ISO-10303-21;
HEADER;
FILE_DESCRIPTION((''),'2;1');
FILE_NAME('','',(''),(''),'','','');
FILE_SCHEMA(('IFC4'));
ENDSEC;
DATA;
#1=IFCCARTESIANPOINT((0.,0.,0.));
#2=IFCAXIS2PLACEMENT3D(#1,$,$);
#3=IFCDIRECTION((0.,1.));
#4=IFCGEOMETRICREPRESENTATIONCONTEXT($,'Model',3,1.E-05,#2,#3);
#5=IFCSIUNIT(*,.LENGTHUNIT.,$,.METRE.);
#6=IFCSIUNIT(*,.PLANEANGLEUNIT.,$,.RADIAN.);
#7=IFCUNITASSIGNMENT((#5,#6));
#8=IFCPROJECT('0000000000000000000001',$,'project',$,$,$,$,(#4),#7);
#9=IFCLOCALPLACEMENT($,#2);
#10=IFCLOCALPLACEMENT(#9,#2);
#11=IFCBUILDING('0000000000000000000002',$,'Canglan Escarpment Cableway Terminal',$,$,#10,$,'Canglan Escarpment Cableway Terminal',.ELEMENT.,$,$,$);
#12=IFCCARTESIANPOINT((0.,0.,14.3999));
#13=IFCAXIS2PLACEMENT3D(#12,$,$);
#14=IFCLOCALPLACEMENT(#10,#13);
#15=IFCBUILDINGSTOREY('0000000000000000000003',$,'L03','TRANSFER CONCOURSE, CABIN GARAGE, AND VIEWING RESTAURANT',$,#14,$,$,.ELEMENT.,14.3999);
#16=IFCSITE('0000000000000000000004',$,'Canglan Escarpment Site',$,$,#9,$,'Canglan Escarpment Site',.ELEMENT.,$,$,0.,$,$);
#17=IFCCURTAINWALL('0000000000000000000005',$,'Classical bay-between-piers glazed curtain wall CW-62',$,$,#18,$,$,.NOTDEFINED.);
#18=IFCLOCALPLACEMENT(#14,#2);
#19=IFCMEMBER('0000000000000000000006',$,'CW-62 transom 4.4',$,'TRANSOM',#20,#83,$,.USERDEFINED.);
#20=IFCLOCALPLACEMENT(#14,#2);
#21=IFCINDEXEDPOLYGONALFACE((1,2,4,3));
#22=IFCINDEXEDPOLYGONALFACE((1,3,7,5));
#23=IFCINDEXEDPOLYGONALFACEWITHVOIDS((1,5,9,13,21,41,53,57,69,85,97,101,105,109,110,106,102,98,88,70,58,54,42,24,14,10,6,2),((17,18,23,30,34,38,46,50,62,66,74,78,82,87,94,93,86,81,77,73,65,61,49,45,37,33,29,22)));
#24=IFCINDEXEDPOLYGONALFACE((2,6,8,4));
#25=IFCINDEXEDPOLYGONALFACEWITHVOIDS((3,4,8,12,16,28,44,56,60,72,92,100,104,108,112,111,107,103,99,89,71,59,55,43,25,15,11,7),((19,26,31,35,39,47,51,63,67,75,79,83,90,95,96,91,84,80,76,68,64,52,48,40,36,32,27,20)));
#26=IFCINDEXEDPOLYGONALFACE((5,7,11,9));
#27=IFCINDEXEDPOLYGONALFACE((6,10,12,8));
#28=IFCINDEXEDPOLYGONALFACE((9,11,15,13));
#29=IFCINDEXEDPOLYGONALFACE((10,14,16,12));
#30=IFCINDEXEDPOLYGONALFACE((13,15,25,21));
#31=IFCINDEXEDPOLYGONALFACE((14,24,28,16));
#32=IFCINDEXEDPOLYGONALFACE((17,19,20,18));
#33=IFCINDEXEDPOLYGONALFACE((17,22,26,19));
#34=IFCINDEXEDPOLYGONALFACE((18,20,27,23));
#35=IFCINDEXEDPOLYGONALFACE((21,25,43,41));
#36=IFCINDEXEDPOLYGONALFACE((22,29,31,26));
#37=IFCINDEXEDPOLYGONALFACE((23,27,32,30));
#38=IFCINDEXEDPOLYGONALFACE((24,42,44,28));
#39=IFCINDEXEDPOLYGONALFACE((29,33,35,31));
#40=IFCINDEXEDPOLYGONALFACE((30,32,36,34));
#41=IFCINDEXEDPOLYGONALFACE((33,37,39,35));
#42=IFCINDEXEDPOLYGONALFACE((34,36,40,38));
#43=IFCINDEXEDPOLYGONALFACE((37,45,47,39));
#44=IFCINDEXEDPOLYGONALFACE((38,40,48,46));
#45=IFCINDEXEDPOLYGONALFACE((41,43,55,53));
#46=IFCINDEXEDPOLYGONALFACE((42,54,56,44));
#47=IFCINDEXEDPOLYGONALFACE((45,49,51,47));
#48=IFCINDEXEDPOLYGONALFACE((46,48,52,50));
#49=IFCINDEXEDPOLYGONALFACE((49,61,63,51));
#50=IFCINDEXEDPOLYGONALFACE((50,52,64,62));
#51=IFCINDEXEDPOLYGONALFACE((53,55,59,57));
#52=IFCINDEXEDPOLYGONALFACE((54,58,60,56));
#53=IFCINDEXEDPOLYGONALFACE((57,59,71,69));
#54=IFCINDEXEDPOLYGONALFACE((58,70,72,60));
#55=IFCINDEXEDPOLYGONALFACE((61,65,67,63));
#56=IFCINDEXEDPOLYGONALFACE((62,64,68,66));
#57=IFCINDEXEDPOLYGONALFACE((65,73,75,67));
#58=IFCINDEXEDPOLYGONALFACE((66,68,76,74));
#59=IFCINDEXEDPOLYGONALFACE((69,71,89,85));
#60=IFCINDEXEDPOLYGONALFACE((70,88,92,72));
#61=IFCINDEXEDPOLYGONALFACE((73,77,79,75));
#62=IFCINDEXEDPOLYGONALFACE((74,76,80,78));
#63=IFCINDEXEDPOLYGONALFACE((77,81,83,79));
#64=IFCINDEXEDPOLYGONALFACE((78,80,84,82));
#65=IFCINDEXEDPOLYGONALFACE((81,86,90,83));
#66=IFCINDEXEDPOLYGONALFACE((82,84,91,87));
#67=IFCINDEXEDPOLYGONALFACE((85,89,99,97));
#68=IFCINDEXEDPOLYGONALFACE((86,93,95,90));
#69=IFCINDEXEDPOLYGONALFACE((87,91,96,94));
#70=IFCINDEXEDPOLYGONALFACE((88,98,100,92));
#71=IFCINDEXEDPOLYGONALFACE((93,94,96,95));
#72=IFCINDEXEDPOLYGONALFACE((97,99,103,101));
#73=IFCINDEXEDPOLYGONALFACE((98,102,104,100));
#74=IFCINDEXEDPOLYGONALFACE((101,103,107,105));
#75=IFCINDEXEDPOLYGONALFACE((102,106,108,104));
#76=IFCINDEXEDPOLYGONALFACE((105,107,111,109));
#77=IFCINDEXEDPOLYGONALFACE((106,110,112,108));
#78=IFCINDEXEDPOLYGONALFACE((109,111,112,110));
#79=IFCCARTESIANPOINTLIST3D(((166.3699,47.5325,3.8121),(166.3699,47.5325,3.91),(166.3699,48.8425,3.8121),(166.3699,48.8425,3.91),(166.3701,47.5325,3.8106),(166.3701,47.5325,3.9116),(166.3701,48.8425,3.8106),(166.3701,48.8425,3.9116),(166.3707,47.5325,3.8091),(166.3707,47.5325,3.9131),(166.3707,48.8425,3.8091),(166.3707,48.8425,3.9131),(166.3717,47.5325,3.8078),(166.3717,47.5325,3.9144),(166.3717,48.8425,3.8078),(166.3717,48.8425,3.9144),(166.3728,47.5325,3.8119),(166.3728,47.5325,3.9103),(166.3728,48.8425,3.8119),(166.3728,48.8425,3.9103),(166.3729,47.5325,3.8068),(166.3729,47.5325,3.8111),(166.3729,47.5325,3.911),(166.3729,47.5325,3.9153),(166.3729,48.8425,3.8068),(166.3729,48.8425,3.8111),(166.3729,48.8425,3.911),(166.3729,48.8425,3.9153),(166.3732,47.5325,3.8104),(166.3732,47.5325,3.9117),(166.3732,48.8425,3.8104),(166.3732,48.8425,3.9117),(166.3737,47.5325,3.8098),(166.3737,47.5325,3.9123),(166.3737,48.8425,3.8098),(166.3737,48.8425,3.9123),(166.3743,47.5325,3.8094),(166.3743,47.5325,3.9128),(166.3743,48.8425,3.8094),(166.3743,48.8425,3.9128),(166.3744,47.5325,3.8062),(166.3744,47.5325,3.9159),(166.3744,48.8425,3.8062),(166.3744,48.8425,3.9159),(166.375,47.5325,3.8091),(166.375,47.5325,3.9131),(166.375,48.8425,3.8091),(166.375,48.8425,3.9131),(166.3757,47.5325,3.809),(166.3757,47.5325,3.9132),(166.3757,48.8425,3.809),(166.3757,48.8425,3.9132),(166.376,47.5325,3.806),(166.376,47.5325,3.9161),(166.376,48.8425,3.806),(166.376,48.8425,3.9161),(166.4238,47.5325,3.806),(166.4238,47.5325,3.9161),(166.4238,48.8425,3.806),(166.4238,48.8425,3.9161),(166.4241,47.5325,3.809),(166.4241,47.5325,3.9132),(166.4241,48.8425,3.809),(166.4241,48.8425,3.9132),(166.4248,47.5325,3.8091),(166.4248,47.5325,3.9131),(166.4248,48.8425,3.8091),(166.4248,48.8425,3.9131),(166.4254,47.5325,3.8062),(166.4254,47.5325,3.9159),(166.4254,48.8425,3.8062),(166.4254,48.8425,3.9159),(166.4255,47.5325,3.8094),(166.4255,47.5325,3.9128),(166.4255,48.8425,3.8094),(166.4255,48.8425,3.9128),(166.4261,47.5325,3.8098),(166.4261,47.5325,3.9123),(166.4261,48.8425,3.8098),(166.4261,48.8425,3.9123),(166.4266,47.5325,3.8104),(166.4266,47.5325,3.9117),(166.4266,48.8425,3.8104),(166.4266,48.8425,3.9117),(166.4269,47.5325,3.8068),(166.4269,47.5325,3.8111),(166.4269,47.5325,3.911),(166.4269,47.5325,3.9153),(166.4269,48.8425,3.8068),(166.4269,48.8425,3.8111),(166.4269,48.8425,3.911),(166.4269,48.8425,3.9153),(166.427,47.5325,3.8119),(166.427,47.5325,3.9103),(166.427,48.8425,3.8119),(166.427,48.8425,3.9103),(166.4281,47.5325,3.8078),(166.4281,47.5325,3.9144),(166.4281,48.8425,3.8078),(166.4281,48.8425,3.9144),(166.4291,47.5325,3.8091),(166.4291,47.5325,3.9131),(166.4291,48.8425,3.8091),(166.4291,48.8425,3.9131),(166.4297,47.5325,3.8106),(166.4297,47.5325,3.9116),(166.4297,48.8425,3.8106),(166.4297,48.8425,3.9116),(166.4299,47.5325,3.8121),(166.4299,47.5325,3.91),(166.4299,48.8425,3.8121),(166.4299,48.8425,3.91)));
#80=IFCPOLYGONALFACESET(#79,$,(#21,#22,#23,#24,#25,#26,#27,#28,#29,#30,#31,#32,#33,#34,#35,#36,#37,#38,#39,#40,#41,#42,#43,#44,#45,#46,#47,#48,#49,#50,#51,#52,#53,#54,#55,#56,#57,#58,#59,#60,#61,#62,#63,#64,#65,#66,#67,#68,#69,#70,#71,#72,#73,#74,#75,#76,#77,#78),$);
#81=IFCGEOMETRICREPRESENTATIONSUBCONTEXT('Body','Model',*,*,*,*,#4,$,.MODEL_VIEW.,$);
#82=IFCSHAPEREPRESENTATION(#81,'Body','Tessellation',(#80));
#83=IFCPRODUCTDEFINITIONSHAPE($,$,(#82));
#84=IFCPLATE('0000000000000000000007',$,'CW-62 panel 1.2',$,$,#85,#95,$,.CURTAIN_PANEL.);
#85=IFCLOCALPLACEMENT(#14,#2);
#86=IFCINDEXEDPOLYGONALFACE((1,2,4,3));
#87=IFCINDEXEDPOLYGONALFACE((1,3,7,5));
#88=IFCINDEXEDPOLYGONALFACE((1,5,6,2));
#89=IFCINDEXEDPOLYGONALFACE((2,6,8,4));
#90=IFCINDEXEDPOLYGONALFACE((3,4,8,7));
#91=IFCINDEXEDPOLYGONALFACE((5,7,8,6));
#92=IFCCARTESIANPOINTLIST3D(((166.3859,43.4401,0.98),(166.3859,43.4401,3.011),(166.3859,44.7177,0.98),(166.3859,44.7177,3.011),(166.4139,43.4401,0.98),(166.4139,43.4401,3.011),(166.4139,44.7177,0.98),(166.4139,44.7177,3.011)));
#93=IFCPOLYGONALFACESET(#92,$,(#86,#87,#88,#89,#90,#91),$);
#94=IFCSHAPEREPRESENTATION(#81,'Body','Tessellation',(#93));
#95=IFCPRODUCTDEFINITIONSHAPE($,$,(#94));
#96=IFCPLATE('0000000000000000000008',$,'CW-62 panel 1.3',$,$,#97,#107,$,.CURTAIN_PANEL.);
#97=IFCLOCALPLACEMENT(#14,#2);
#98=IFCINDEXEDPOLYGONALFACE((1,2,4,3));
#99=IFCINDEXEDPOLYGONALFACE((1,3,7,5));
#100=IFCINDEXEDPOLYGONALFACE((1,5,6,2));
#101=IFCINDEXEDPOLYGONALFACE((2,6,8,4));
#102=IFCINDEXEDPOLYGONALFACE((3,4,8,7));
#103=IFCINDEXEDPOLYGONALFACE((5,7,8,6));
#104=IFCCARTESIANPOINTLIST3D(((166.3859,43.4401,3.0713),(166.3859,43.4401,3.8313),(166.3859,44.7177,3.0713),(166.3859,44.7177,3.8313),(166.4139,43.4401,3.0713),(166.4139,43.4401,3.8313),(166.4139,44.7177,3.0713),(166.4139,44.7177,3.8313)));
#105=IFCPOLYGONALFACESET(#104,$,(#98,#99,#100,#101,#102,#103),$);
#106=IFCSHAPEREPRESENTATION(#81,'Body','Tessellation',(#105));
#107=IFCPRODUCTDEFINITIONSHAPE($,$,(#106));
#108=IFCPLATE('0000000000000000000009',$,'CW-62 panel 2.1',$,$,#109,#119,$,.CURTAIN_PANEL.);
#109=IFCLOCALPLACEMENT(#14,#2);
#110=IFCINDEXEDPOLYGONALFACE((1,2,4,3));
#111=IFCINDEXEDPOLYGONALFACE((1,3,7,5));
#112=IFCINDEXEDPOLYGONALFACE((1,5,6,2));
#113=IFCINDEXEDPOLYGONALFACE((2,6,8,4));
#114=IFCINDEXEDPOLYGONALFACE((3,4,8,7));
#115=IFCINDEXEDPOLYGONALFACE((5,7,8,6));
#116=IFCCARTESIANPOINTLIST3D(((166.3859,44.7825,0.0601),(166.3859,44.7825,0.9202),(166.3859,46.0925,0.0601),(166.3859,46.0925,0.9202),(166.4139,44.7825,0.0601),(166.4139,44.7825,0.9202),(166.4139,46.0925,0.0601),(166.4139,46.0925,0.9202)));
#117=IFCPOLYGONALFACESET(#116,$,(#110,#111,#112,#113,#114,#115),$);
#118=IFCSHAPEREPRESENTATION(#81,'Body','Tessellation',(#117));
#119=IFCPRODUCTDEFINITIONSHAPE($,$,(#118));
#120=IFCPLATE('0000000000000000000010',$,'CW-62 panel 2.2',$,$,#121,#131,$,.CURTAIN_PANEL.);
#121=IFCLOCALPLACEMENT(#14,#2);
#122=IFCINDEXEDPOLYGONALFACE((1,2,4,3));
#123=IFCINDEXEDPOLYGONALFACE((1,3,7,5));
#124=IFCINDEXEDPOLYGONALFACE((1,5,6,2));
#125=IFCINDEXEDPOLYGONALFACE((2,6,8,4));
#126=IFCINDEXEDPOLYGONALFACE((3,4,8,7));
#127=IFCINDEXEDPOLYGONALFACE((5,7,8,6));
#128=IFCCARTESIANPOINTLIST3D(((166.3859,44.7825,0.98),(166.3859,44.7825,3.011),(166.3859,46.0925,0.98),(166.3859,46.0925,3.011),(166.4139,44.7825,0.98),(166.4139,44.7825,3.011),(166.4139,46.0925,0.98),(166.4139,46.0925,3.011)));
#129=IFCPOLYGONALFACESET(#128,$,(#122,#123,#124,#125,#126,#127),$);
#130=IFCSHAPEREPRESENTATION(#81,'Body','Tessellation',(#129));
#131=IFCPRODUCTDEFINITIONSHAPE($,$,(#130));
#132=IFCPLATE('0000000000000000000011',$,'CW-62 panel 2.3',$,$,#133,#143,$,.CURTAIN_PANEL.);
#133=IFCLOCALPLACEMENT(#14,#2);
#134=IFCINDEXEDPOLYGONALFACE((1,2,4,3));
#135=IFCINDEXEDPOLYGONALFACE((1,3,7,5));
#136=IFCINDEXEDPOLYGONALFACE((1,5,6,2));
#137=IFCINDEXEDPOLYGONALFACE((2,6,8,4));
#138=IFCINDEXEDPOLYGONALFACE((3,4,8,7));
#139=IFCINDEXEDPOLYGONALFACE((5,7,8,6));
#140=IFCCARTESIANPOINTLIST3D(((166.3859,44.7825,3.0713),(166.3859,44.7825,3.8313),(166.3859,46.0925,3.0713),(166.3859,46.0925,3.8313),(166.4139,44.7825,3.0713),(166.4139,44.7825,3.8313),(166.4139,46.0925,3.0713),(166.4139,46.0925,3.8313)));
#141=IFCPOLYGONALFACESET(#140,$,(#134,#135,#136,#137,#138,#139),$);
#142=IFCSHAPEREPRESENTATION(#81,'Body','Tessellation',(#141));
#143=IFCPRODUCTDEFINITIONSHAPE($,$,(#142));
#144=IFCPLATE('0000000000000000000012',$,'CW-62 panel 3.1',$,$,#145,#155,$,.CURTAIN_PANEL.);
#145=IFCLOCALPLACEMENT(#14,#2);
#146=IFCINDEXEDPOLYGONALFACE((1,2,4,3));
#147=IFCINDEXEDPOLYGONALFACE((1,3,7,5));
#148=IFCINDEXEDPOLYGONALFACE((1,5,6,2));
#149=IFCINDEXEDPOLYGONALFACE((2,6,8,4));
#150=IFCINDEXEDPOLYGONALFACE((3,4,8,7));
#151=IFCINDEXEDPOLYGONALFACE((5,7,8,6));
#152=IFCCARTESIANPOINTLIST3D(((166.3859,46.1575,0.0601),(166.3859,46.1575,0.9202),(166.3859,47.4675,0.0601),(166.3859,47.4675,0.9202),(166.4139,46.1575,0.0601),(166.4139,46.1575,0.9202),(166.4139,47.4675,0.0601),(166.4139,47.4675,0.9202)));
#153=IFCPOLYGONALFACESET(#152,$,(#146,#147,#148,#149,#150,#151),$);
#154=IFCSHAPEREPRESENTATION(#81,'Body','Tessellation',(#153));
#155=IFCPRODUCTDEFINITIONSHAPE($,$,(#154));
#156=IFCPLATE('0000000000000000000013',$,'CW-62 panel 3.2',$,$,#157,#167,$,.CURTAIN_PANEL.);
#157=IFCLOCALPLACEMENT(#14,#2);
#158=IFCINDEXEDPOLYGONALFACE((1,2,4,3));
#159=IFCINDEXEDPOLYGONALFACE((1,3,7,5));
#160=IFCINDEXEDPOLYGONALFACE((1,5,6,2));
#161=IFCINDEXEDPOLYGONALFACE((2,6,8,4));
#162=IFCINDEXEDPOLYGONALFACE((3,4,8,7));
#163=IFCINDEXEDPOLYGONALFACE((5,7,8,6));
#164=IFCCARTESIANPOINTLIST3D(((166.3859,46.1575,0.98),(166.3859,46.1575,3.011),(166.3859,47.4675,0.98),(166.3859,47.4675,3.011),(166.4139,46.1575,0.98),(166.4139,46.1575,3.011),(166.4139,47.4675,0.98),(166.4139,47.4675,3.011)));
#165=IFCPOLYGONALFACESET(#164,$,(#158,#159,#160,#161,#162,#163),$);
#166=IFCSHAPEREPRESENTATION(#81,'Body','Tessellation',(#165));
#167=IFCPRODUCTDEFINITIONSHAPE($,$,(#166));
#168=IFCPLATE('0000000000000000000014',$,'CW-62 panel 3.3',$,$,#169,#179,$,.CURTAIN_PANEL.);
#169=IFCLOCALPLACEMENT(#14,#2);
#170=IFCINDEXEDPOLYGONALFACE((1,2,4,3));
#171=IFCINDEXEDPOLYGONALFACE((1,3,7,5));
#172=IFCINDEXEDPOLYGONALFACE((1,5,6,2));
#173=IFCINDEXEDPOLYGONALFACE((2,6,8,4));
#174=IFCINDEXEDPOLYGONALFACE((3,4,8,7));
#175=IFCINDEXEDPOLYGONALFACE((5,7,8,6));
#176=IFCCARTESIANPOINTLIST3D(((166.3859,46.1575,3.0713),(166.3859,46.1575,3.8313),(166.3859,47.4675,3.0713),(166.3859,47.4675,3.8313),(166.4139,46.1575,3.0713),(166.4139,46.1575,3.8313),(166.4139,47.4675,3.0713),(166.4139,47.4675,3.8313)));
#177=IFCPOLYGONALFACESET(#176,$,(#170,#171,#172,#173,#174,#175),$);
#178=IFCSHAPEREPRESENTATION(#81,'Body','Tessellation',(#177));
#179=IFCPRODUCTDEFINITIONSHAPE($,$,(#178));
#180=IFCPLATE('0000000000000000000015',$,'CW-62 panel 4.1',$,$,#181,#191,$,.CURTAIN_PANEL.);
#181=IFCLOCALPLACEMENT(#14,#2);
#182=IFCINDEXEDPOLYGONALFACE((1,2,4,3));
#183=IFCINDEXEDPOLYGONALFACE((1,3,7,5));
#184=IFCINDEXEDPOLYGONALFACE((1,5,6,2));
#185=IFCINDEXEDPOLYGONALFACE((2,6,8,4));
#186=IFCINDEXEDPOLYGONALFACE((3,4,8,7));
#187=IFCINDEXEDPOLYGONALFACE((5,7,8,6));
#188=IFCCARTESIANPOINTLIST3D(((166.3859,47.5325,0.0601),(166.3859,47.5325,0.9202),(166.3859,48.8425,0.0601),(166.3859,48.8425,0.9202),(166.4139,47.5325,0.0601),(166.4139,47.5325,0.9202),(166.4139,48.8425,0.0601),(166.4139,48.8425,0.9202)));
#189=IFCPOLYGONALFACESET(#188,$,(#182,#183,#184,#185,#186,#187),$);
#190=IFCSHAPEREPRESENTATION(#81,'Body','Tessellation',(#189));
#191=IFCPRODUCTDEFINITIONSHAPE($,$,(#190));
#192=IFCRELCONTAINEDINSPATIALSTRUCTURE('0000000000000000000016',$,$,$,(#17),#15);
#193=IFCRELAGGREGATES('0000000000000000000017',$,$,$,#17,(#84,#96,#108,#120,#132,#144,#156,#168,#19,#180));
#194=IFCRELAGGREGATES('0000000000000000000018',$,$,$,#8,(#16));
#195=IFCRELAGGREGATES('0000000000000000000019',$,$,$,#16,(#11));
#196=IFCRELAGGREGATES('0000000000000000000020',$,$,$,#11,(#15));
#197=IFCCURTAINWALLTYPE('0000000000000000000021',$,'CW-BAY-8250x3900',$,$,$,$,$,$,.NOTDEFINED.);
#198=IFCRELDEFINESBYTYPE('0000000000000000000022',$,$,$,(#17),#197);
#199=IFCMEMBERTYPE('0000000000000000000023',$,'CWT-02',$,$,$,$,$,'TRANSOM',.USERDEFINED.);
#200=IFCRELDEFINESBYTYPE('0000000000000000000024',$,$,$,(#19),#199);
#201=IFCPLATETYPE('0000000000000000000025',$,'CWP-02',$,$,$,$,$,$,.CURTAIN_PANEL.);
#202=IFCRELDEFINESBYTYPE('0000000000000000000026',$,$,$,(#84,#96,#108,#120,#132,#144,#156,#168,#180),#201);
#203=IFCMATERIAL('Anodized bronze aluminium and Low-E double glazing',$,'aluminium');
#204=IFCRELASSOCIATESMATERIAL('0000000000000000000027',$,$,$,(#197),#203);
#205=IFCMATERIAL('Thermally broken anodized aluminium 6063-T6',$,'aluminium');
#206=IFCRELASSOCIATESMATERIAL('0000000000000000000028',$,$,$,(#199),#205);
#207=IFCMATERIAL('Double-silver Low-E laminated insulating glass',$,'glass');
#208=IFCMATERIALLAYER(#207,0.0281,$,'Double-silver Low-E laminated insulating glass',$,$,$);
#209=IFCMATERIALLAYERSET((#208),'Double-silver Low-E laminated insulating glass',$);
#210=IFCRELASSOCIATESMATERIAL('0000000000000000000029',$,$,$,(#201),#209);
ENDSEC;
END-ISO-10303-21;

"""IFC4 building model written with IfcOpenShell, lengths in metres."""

from ifc_helpers import new_model, si_unit, direction, frame, origin, origin_2d, place, context, subcontext, project, spatial, rectangle, hollow_rectangle, extrude, material, layer, layer_set, material_profile, profile_set, type_object, element, aggregate, save


model = new_model("IFC4")

# Units and contexts
model_context = context("Model", 3, precision=1e-05, world=origin(), true_north=direction((0.0, 1.0)))
body_context = subcontext(model_context, "Body", "Model", "MODEL_VIEW")
ifc_project = project(units=[si_unit("LENGTHUNIT", "METRE"), si_unit("PLANEANGLEUNIT", "RADIAN")], contexts=[model_context])

# Site, building, storey
site_placement = place(None, origin())
site = spatial("IfcSite", under=ifc_project, at=site_placement, Name="Canglan Escarpment Site", LongName="Canglan Escarpment Site", CompositionType="ELEMENT", RefElevation=0.0)
building_placement = place(site_placement, origin())
building = spatial("IfcBuilding", under=site, at=building_placement, Name="Canglan Escarpment Cableway Terminal", LongName="Canglan Escarpment Cableway Terminal", CompositionType="ELEMENT")
storey_placement = place(building_placement, frame((0.0, 0.0, 14.3999)))
storey = spatial("IfcBuildingStorey", under=building, at=storey_placement, Name="L03", Description="TRANSFER CONCOURSE, CABIN GARAGE, AND VIEWING RESTAURANT", CompositionType="ELEMENT", Elevation=14.3999)

# Curtain wall, member, plates
ifc_material_1 = material(Name="Anodized bronze aluminium and Low-E double glazing", Category="aluminium")
curtain_wall_type = type_object("IfcCurtainWallType", Name="CW-BAY-8250x3900", PredefinedType="NOTDEFINED", material=ifc_material_1)
curtain_wall_placement = place(storey_placement, origin())
curtain_wall = element("IfcCurtainWall", 1, at=curtain_wall_placement, inside=storey, type_object=curtain_wall_type, Name="Classical bay-between-piers glazed curtain wall CW-62", PredefinedType="NOTDEFINED")
ifc_material_2 = material(Name="Thermally broken anodized aluminium 6063-T6", Category="aluminium")
ifc_material_profile_1 = material_profile(ifc_material_2, hollow_rectangle(XDim=0.0601, YDim=0.1101, WallThickness=0.0029, InnerFilletRadius=0.0029, OuterFilletRadius=0.0061, at=origin_2d()), Name="ALU-TRAN 60x110x3")
ifc_profile_set_1 = profile_set([ifc_material_profile_1], Name="Thermally broken anodized aluminium 6063-T6")
member_type_1 = type_object("IfcMemberType", Name="CWT-02", ElementType="TRANSOM", PredefinedType="USERDEFINED", material=ifc_profile_set_1)
member_1_placement = place(storey_placement, frame((166.3999, 47.5325, 3.8611), z_axis=(0.0, 1.0, 0.0), x_axis=(-1.0, 0.0, 0.0)))
member_1 = element("IfcMember", 2, at=member_1_placement, type_object=member_type_1, Name="CW-62 transom 4.4", ObjectType="TRANSOM", PredefinedType="USERDEFINED", context=body_context, shape_type="SweptSolid", body=[
    extrude(hollow_rectangle(XDim=0.0601, YDim=0.1101, WallThickness=0.0029, InnerFilletRadius=0.0029, OuterFilletRadius=0.0061, at=origin_2d()), origin(), (0.0, 0.0, 1.0), 1.3101),
])
ifc_material_3 = material(Name="Double-silver Low-E laminated insulating glass", Category="glass")
ifc_layer_1 = layer(ifc_material_3, 0.0281, Name="Double-silver Low-E laminated insulating glass")
ifc_layer_set_1 = layer_set([ifc_layer_1], Name="Double-silver Low-E laminated insulating glass")
plate_type = type_object("IfcPlateType", Name="CWP-02", PredefinedType="CURTAIN_PANEL", material=ifc_layer_set_1)
plate_1_placement = place(storey_placement, frame((166.3999, 44.0789, 0.98), z_axis=(0.0, 0.0, 1.0), x_axis=(0.0, 1.0, 0.0)))
plate_1 = element("IfcPlate", 3, at=plate_1_placement, type_object=plate_type, Name="CW-62 panel 1.2", PredefinedType="CURTAIN_PANEL", context=body_context, shape_type="SweptSolid", body=[
    extrude(rectangle(XDim=1.2776, YDim=0.0281, at=origin_2d()), origin(), (0.0, 0.0, 1.0), 2.031),
])
plate_2_placement = place(storey_placement, frame((166.3999, 44.0789, 3.0713), z_axis=(0.0, 0.0, 1.0), x_axis=(0.0, 1.0, 0.0)))
plate_2 = element("IfcPlate", 4, at=plate_2_placement, type_object=plate_type, Name="CW-62 panel 1.3", PredefinedType="CURTAIN_PANEL", context=body_context, shape_type="SweptSolid", body=[
    extrude(rectangle(XDim=1.2776, YDim=0.0281, at=origin_2d()), origin(), (0.0, 0.0, 1.0), 0.76),
])
plate_3_placement = place(storey_placement, frame((166.3999, 45.4375, 0.0601), z_axis=(0.0, 0.0, 1.0), x_axis=(0.0, 1.0, 0.0)))
plate_3 = element("IfcPlate", 5, at=plate_3_placement, type_object=plate_type, Name="CW-62 panel 2.1", PredefinedType="CURTAIN_PANEL", context=body_context, shape_type="SweptSolid", body=[
    extrude(rectangle(XDim=1.3101, YDim=0.0281, at=origin_2d()), origin(), (0.0, 0.0, 1.0), 0.8601),
])
plate_4_placement = place(storey_placement, frame((166.3999, 45.4375, 0.98), z_axis=(0.0, 0.0, 1.0), x_axis=(0.0, 1.0, 0.0)))
plate_4 = element("IfcPlate", 6, at=plate_4_placement, type_object=plate_type, Name="CW-62 panel 2.2", PredefinedType="CURTAIN_PANEL", context=body_context, shape_type="SweptSolid", body=[
    extrude(rectangle(XDim=1.3101, YDim=0.0281, at=origin_2d()), origin(), (0.0, 0.0, 1.0), 2.031),
])
plate_5_placement = place(storey_placement, frame((166.3999, 45.4375, 3.0713), z_axis=(0.0, 0.0, 1.0), x_axis=(0.0, 1.0, 0.0)))
plate_5 = element("IfcPlate", 7, at=plate_5_placement, type_object=plate_type, Name="CW-62 panel 2.3", PredefinedType="CURTAIN_PANEL", context=body_context, shape_type="SweptSolid", body=[
    extrude(rectangle(XDim=1.3101, YDim=0.0281, at=origin_2d()), origin(), (0.0, 0.0, 1.0), 0.76),
])
plate_6_placement = place(storey_placement, frame((166.3999, 46.8125, 0.0601), z_axis=(0.0, 0.0, 1.0), x_axis=(0.0, 1.0, 0.0)))
plate_6 = element("IfcPlate", 8, at=plate_6_placement, type_object=plate_type, Name="CW-62 panel 3.1", PredefinedType="CURTAIN_PANEL", context=body_context, shape_type="SweptSolid", body=[
    extrude(rectangle(XDim=1.3101, YDim=0.0281, at=origin_2d()), origin(), (0.0, 0.0, 1.0), 0.8601),
])
plate_7_placement = place(storey_placement, frame((166.3999, 46.8125, 0.98), z_axis=(0.0, 0.0, 1.0), x_axis=(0.0, 1.0, 0.0)))
plate_7 = element("IfcPlate", 9, at=plate_7_placement, type_object=plate_type, Name="CW-62 panel 3.2", PredefinedType="CURTAIN_PANEL", context=body_context, shape_type="SweptSolid", body=[
    extrude(rectangle(XDim=1.3101, YDim=0.0281, at=origin_2d()), origin(), (0.0, 0.0, 1.0), 2.031),
])
plate_8_placement = place(storey_placement, frame((166.3999, 46.8125, 3.0713), z_axis=(0.0, 0.0, 1.0), x_axis=(0.0, 1.0, 0.0)))
plate_8 = element("IfcPlate", 10, at=plate_8_placement, type_object=plate_type, Name="CW-62 panel 3.3", PredefinedType="CURTAIN_PANEL", context=body_context, shape_type="SweptSolid", body=[
    extrude(rectangle(XDim=1.3101, YDim=0.0281, at=origin_2d()), origin(), (0.0, 0.0, 1.0), 0.76),
])
plate_9_placement = place(storey_placement, frame((166.3999, 48.1875, 0.0601), z_axis=(0.0, 0.0, 1.0), x_axis=(0.0, 1.0, 0.0)))
plate_9 = element("IfcPlate", 11, at=plate_9_placement, type_object=plate_type, Name="CW-62 panel 4.1", PredefinedType="CURTAIN_PANEL", context=body_context, shape_type="SweptSolid", body=[
    extrude(rectangle(XDim=1.3101, YDim=0.0281, at=origin_2d()), origin(), (0.0, 0.0, 1.0), 0.8601),
])
aggregate(curtain_wall, [plate_1, plate_2, plate_3, plate_4, plate_5, plate_6, plate_7, plate_8, member_1, plate_9])

save(model, "model.ifc")
